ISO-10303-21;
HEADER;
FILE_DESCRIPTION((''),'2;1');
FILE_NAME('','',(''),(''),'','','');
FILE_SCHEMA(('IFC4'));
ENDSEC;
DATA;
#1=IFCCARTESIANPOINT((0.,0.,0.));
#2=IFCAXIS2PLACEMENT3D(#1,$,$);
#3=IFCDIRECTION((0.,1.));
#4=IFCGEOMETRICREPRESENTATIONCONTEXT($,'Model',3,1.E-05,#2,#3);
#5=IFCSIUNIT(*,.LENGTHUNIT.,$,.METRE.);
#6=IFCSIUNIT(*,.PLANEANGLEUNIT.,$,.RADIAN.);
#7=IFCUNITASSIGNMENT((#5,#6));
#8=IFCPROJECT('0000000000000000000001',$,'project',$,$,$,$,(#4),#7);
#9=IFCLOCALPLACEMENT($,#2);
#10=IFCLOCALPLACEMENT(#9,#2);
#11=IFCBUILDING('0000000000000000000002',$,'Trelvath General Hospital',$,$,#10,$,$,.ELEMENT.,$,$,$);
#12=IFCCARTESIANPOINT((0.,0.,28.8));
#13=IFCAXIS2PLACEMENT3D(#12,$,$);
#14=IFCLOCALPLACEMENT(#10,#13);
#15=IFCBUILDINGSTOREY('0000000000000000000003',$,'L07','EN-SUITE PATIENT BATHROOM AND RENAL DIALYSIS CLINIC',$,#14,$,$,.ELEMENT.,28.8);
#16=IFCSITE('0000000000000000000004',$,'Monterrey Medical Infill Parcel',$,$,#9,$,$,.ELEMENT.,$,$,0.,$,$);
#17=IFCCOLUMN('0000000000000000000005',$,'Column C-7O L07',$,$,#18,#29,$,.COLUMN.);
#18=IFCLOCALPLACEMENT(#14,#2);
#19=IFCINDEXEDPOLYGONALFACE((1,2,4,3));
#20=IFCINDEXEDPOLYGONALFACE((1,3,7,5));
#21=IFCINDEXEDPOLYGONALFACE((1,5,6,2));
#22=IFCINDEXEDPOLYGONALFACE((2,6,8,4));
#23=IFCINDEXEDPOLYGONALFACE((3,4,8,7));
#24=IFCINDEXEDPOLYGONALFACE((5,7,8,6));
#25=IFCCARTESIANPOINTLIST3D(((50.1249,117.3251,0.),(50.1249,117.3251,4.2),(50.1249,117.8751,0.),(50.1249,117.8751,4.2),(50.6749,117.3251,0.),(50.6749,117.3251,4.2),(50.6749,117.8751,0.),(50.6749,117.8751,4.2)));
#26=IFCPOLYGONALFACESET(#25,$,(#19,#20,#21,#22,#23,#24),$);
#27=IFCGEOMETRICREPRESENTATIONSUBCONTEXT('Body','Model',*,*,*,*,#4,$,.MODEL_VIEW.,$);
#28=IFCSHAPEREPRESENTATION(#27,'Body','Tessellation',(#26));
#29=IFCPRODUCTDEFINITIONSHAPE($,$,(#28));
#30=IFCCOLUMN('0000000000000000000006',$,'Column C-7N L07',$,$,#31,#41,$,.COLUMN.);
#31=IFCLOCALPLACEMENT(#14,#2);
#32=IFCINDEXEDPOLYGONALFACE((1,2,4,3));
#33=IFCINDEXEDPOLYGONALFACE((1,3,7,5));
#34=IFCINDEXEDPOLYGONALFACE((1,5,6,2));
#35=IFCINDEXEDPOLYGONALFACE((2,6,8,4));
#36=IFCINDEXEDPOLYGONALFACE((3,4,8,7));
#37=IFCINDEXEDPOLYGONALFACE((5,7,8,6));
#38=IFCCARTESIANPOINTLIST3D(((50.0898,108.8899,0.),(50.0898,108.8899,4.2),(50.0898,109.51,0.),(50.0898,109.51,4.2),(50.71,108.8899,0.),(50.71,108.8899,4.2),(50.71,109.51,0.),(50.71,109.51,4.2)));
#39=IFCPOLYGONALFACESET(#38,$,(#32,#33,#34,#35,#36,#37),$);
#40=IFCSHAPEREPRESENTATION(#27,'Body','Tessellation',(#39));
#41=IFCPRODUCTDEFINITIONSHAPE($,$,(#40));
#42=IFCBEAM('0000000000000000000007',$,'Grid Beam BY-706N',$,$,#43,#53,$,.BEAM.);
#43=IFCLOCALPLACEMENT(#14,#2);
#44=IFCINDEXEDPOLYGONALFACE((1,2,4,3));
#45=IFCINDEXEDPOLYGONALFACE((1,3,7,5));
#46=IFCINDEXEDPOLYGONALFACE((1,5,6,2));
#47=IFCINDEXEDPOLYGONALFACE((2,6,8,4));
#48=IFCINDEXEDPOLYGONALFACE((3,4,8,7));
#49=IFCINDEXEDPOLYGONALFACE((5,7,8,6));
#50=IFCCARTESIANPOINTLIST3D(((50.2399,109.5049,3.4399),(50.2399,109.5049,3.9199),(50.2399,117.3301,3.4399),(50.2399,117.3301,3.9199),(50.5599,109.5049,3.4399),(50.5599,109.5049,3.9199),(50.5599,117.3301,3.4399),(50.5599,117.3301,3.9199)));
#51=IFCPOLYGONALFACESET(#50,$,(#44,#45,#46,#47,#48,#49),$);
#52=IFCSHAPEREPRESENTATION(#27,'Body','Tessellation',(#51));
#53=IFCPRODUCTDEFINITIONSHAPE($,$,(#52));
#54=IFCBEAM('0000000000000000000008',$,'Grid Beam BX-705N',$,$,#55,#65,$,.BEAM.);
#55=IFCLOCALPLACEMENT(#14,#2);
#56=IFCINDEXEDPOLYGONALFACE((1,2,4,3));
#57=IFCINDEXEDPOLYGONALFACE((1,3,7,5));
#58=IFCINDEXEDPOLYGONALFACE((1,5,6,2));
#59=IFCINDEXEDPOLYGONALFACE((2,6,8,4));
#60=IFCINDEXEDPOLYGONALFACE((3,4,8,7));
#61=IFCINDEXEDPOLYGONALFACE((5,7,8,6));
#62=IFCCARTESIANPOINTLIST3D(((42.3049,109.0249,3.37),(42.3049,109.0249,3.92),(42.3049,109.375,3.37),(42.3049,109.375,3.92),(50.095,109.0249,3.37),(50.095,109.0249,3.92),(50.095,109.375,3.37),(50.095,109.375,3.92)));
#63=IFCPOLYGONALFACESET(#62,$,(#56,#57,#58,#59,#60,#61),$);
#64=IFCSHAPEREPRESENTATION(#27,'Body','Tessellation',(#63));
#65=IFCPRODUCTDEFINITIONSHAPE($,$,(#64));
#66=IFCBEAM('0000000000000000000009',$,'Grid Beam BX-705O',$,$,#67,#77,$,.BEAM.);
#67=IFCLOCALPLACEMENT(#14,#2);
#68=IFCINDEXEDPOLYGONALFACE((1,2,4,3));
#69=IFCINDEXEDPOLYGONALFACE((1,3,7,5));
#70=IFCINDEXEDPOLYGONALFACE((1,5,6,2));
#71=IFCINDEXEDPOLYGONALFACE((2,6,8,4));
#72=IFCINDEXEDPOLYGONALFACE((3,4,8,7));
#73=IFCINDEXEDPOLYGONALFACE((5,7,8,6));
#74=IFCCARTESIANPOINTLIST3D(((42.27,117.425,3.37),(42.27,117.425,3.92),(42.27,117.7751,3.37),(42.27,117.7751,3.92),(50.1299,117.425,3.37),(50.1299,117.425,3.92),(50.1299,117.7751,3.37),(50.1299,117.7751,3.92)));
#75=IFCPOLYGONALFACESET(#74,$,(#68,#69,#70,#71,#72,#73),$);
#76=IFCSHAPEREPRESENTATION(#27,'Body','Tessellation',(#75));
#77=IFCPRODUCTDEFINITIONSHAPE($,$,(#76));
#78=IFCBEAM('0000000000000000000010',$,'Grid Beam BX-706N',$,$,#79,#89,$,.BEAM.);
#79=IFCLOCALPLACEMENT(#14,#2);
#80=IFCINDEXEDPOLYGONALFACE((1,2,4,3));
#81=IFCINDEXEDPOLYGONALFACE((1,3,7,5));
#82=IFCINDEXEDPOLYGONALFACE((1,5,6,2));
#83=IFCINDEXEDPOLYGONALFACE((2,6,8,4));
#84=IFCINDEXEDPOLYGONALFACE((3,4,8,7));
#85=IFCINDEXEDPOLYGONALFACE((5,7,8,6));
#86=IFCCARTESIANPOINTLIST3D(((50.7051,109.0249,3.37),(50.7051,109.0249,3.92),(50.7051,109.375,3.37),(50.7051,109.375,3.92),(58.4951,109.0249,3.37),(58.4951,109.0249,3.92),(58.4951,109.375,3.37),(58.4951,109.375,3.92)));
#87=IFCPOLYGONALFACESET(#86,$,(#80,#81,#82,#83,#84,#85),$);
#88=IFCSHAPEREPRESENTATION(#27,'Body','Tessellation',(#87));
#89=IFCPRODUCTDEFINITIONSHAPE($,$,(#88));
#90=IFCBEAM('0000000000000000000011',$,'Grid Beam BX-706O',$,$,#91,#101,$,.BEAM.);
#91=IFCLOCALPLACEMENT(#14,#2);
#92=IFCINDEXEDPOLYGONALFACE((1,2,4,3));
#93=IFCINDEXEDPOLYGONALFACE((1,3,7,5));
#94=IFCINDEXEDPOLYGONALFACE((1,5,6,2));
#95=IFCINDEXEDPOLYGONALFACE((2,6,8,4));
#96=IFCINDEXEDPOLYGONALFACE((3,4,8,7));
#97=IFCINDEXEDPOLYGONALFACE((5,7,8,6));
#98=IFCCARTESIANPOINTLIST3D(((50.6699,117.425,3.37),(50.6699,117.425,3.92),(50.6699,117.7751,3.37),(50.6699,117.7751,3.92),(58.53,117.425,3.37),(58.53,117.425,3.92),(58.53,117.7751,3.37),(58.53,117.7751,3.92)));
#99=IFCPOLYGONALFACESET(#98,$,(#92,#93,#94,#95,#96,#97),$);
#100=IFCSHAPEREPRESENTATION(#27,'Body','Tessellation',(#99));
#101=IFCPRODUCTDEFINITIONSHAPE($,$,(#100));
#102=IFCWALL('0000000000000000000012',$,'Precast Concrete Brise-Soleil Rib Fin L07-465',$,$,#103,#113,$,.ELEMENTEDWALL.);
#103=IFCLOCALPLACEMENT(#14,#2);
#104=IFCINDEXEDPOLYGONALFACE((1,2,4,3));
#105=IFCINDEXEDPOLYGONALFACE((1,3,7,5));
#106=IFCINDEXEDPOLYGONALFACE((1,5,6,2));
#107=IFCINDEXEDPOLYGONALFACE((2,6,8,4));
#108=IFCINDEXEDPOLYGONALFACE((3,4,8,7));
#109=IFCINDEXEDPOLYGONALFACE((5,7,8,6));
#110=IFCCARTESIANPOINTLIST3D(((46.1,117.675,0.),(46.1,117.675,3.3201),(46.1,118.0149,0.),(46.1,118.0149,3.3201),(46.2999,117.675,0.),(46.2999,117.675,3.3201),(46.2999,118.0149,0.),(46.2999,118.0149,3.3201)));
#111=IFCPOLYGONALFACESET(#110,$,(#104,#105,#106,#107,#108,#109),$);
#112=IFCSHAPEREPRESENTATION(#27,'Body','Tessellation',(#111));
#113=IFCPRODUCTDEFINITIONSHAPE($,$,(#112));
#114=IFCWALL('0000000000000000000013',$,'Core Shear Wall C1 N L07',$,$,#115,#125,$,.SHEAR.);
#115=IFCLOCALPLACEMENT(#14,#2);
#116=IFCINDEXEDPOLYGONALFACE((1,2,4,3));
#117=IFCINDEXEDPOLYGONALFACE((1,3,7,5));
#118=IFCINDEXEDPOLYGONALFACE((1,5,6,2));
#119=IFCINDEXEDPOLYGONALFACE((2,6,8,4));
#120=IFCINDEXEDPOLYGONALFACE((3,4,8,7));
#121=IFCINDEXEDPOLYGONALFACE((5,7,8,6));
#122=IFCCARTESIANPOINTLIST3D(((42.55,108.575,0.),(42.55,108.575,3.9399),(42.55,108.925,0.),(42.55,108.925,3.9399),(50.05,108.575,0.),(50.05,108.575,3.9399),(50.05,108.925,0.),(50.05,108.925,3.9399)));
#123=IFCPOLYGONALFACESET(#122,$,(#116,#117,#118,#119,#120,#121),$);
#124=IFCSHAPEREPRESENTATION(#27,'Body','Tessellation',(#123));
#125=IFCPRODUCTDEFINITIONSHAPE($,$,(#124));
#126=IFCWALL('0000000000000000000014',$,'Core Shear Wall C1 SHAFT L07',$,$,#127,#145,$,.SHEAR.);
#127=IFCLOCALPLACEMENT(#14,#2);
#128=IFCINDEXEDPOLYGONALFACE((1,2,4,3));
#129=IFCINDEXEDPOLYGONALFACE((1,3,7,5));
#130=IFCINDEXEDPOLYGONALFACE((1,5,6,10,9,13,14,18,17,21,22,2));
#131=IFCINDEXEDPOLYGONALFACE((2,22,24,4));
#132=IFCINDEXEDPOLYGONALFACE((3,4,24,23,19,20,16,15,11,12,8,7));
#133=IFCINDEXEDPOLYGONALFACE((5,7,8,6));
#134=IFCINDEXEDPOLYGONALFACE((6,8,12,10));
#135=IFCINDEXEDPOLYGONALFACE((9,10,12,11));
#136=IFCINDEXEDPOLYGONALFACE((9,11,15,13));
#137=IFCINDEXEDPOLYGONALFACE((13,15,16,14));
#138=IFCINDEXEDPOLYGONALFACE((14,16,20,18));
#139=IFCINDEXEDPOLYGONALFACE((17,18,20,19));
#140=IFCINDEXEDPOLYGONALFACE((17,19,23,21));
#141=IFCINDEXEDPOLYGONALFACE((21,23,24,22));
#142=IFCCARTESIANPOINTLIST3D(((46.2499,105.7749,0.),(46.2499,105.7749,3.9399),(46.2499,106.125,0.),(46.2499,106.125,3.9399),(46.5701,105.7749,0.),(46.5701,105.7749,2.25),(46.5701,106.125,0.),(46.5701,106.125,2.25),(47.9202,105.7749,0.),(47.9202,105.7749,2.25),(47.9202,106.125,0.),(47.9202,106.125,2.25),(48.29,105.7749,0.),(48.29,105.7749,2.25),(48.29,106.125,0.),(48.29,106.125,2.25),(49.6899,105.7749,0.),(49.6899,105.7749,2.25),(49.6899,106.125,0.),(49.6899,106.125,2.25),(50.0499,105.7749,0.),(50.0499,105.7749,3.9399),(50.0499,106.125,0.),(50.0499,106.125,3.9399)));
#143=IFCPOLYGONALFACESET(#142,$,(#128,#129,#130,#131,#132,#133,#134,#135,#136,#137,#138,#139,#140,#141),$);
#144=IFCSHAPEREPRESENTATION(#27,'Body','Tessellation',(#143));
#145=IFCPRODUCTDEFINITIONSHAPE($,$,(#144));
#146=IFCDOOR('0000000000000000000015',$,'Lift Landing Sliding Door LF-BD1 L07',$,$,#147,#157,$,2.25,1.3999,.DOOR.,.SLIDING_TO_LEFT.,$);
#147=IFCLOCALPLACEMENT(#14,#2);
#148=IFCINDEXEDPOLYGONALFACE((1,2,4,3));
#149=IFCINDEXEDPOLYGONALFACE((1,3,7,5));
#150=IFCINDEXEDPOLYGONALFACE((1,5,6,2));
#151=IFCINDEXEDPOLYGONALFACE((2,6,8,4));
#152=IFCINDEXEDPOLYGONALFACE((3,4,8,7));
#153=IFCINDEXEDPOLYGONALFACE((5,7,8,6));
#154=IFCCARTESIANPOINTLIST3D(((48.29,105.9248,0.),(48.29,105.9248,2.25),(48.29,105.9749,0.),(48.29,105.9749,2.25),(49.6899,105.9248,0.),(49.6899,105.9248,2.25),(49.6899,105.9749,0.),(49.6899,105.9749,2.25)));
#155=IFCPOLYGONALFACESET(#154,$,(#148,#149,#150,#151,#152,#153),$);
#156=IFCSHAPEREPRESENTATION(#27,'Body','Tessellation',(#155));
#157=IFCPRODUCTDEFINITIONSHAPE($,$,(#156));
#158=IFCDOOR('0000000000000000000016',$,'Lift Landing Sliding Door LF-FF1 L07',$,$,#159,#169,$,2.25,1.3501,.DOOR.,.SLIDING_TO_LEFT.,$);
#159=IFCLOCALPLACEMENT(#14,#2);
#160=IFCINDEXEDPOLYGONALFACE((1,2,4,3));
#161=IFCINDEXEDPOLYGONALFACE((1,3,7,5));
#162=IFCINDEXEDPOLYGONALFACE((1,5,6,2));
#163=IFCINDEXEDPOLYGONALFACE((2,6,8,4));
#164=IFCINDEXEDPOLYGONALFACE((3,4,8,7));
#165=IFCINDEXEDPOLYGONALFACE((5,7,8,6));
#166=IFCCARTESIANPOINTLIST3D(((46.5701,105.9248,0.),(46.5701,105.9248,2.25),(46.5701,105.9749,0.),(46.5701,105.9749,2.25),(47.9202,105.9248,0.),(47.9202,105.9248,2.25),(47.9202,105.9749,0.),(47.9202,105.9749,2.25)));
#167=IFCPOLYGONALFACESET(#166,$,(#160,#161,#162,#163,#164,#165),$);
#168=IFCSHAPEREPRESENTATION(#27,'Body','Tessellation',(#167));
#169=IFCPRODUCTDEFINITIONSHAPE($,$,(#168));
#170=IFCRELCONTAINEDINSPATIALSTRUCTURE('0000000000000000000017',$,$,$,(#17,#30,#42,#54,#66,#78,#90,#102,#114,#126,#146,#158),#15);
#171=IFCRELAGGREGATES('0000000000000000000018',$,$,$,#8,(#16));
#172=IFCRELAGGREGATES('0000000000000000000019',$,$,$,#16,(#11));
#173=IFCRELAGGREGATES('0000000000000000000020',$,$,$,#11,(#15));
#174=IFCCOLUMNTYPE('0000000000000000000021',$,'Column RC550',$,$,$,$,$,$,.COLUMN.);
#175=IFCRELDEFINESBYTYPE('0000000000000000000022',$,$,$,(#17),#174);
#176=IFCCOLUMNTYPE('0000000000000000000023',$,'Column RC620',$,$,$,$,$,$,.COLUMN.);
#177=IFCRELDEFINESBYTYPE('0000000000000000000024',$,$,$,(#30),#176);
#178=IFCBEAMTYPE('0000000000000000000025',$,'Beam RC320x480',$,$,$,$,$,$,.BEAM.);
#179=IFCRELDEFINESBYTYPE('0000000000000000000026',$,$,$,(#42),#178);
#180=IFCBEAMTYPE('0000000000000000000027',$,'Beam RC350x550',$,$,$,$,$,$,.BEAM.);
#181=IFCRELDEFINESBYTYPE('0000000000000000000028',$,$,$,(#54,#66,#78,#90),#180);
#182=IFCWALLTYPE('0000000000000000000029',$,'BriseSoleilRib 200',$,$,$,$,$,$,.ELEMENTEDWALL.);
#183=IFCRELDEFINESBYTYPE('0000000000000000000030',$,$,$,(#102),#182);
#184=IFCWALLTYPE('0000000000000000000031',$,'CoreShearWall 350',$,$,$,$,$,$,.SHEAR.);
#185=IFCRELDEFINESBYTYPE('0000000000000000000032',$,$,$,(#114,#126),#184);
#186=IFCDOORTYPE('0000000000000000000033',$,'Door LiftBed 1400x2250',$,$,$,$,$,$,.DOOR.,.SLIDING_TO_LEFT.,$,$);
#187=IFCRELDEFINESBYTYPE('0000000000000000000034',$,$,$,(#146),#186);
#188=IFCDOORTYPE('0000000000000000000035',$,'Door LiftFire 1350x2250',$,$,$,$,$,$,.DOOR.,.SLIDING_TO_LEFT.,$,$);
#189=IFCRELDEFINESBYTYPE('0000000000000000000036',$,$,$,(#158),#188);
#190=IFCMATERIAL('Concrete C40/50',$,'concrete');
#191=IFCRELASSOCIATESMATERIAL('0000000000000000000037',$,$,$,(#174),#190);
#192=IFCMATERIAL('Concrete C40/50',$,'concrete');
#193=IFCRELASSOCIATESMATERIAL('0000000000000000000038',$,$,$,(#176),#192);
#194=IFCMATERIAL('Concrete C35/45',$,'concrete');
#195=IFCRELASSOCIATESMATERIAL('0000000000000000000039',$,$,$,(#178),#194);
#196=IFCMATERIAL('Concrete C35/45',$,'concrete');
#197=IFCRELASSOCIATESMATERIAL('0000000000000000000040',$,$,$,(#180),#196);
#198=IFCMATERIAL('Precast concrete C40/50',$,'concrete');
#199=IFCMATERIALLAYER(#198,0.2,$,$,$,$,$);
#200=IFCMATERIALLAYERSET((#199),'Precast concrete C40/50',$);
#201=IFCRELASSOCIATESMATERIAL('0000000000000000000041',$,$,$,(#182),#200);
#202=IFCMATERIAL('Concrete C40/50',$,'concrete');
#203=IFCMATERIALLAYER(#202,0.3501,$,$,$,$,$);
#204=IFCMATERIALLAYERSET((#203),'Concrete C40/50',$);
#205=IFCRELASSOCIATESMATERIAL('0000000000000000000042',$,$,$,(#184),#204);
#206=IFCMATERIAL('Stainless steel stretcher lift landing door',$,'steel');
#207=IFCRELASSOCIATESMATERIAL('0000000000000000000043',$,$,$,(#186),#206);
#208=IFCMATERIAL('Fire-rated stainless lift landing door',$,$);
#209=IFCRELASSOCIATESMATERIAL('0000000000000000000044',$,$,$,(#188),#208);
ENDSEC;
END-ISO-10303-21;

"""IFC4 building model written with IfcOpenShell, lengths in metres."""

from ifc_helpers import new_model, si_unit, direction, frame, frame_2d, origin, origin_2d, place, context, subcontext, project, spatial, rectangle, extrude, material, layer, layer_set, material_profile, profile_set, type_object, element, fill, save


model = new_model("IFC4")

# Units and contexts
model_context = context("Model", 3, precision=1e-05, world=origin(), true_north=direction((0.0, 1.0)))
body_context = subcontext(model_context, "Body", "Model", "MODEL_VIEW")
ifc_project = project(units=[si_unit("LENGTHUNIT", "METRE"), si_unit("PLANEANGLEUNIT", "RADIAN")], contexts=[model_context])

# Site, building, storey
site_placement = place(None, origin())
site = spatial("IfcSite", under=ifc_project, at=site_placement, Name="Monterrey Medical Infill Parcel", CompositionType="ELEMENT", RefElevation=0.0)
building_placement = place(site_placement, origin())
building = spatial("IfcBuilding", under=site, at=building_placement, Name="Trelvath General Hospital", CompositionType="ELEMENT")
storey_placement = place(building_placement, frame((0.0, 0.0, 28.8)))
storey = spatial("IfcBuildingStorey", under=building, at=storey_placement, Name="L07", Description="EN-SUITE PATIENT BATHROOM AND RENAL DIALYSIS CLINIC", CompositionType="ELEMENT", Elevation=28.8)

# Columns
ifc_material_1 = material(Name="Concrete C40/50", Category="concrete")
ifc_material_profile_1 = material_profile(ifc_material_1, rectangle(XDim=0.55, YDim=0.55, at=origin_2d()), Name="RC550x550")
ifc_profile_set_1 = profile_set([ifc_material_profile_1], Name="Concrete C40/50")
column_type_1 = type_object("IfcColumnType", Name="Column RC550", PredefinedType="COLUMN", material=ifc_profile_set_1)
column_1_placement = place(storey_placement, frame((50.3999, 117.6001, 0.0), z_axis=(0.0, 0.0, 1.0), x_axis=(1.0, 0.0, 0.0)))
element("IfcColumn", 1, at=column_1_placement, inside=storey, type_object=column_type_1, Name="Column C-7O L07", PredefinedType="COLUMN", context=body_context, shape_type="SweptSolid", body=[
    extrude(rectangle(XDim=0.55, YDim=0.55, at=origin_2d()), origin(), (0.0, 0.0, 1.0), 4.2),
])
ifc_material_2 = material(Name="Concrete C40/50", Category="concrete")
ifc_material_profile_2 = material_profile(ifc_material_2, rectangle(XDim=0.6201, YDim=0.6201, at=origin_2d()), Name="RC620x620")
ifc_profile_set_2 = profile_set([ifc_material_profile_2], Name="Concrete C40/50")
column_type_2 = type_object("IfcColumnType", Name="Column RC620", PredefinedType="COLUMN", material=ifc_profile_set_2)
column_2_placement = place(storey_placement, frame((50.3999, 109.2, 0.0), z_axis=(0.0, 0.0, 1.0), x_axis=(1.0, 0.0, 0.0)))
element("IfcColumn", 2, at=column_2_placement, inside=storey, type_object=column_type_2, Name="Column C-7N L07", PredefinedType="COLUMN", context=body_context, shape_type="SweptSolid", body=[
    extrude(rectangle(XDim=0.6201, YDim=0.6201, at=origin_2d()), origin(), (0.0, 0.0, 1.0), 4.2),
])

# Beams
ifc_material_3 = material(Name="Concrete C35/45", Category="concrete")
ifc_material_profile_3 = material_profile(ifc_material_3, rectangle(XDim=0.3201, YDim=0.48, at=origin_2d()), Name="RCB320x480")
ifc_profile_set_3 = profile_set([ifc_material_profile_3], Name="Concrete C35/45")
beam_type_1 = type_object("IfcBeamType", Name="Beam RC320x480", PredefinedType="BEAM", material=ifc_profile_set_3)
beam_1_placement = place(storey_placement, frame((50.3999, 109.5049, 3.6799), z_axis=(0.0, 1.0, 0.0), x_axis=(-1.0, 0.0, 0.0)))
element("IfcBeam", 3, at=beam_1_placement, inside=storey, type_object=beam_type_1, Name="Grid Beam BY-706N", PredefinedType="BEAM", context=body_context, shape_type="SweptSolid", body=[
    extrude(rectangle(XDim=0.3201, YDim=0.48, at=origin_2d()), origin(), (0.0, 0.0, 1.0), 7.8252),
])
ifc_material_4 = material(Name="Concrete C35/45", Category="concrete")
ifc_material_profile_4 = material_profile(ifc_material_4, rectangle(XDim=0.3501, YDim=0.55, at=origin_2d()), Name="RCB350x550")
ifc_profile_set_4 = profile_set([ifc_material_profile_4], Name="Concrete C35/45")
beam_type_2 = type_object("IfcBeamType", Name="Beam RC350x550", PredefinedType="BEAM", material=ifc_profile_set_4)
beam_2_placement = place(storey_placement, frame((42.3049, 109.2, 3.645), z_axis=(1.0, 0.0, 0.0), x_axis=(0.0, 1.0, 0.0)))
element("IfcBeam", 4, at=beam_2_placement, inside=storey, type_object=beam_type_2, Name="Grid Beam BX-705N", PredefinedType="BEAM", context=body_context, shape_type="SweptSolid", body=[
    extrude(rectangle(XDim=0.3501, YDim=0.55, at=origin_2d()), origin(), (0.0, 0.0, 1.0), 7.79),
])
beam_3_placement = place(storey_placement, frame((42.27, 117.6001, 3.645), z_axis=(1.0, 0.0, 0.0), x_axis=(0.0, 1.0, 0.0)))
element("IfcBeam", 5, at=beam_3_placement, inside=storey, type_object=beam_type_2, Name="Grid Beam BX-705O", PredefinedType="BEAM", context=body_context, shape_type="SweptSolid", body=[
    extrude(rectangle(XDim=0.3501, YDim=0.55, at=origin_2d()), origin(), (0.0, 0.0, 1.0), 7.8599),
])
beam_4_placement = place(storey_placement, frame((50.7051, 109.2, 3.645), z_axis=(1.0, 0.0, 0.0), x_axis=(0.0, 1.0, 0.0)))
element("IfcBeam", 6, at=beam_4_placement, inside=storey, type_object=beam_type_2, Name="Grid Beam BX-706N", PredefinedType="BEAM", context=body_context, shape_type="SweptSolid", body=[
    extrude(rectangle(XDim=0.3501, YDim=0.55, at=origin_2d()), origin(), (0.0, 0.0, 1.0), 7.79),
])
beam_5_placement = place(storey_placement, frame((50.6699, 117.6001, 3.645), z_axis=(1.0, 0.0, 0.0), x_axis=(0.0, 1.0, 0.0)))
element("IfcBeam", 7, at=beam_5_placement, inside=storey, type_object=beam_type_2, Name="Grid Beam BX-706O", PredefinedType="BEAM", context=body_context, shape_type="SweptSolid", body=[
    extrude(rectangle(XDim=0.3501, YDim=0.55, at=origin_2d()), origin(), (0.0, 0.0, 1.0), 7.8601),
])

# Walls
ifc_material_5 = material(Name="Precast concrete C40/50", Category="concrete")
ifc_layer_1 = layer(ifc_material_5, 0.2)
ifc_layer_set_1 = layer_set([ifc_layer_1], Name="Precast concrete C40/50")
wall_type_1 = type_object("IfcWallType", Name="BriseSoleilRib 200", PredefinedType="ELEMENTEDWALL", material=ifc_layer_set_1)
wall_1_placement = place(storey_placement, frame((46.2, 117.675, 0.0), z_axis=(0.0, 0.0, 1.0), x_axis=(0.0, 1.0, 0.0)))
element("IfcWall", 8, at=wall_1_placement, inside=storey, type_object=wall_type_1, Name="Precast Concrete Brise-Soleil Rib Fin L07-465", PredefinedType="ELEMENTEDWALL", context=body_context, shape_type="SweptSolid", body=[
    extrude(rectangle(XDim=0.3398, YDim=0.2, at=frame_2d((0.1699, 0.0))), origin(), (0.0, 0.0, 1.0), 3.3201),
])
ifc_material_6 = material(Name="Concrete C40/50", Category="concrete")
ifc_layer_2 = layer(ifc_material_6, 0.3501)
ifc_layer_set_2 = layer_set([ifc_layer_2], Name="Concrete C40/50")
wall_type_2 = type_object("IfcWallType", Name="CoreShearWall 350", PredefinedType="SHEAR", material=ifc_layer_set_2)
wall_2_placement = place(storey_placement, frame((42.55, 108.75, 0.0), z_axis=(0.0, 0.0, 1.0), x_axis=(1.0, 0.0, 0.0)))
element("IfcWall", 9, at=wall_2_placement, inside=storey, type_object=wall_type_2, Name="Core Shear Wall C1 N L07", PredefinedType="SHEAR", context=body_context, shape_type="SweptSolid", body=[
    extrude(rectangle(XDim=7.5, YDim=0.3501, at=frame_2d((3.75, 0.0))), origin(), (0.0, 0.0, 1.0), 3.9399),
])

# Wall, openings, doors
wall_3_placement = place(storey_placement, frame((46.25, 105.95, 0.0), z_axis=(0.0, 0.0, 1.0), x_axis=(1.0, 0.0, 0.0)))
wall_3 = element("IfcWall", 10, at=wall_3_placement, inside=storey, type_object=wall_type_2, Name="Core Shear Wall C1 SHAFT L07", PredefinedType="SHEAR", context=body_context, shape_type="SweptSolid", body=[
    extrude(rectangle(XDim=3.8, YDim=0.3501, at=frame_2d((1.8999, 0.0))), origin(), (0.0, 0.0, 1.0), 3.9399),
])
opening_1_placement = place(wall_3_placement, frame((0.3201, 0.0, 0.0)))
opening_1 = element("IfcOpeningElement", 11, at=opening_1_placement, cuts=wall_3, PredefinedType="OPENING", context=body_context, shape_type="SweptSolid", body=[
    extrude(rectangle(XDim=1.3501, YDim=2.25, at=frame_2d((0.675, 1.125))), frame((0.0, 0.1851, 0.0), z_axis=(0.0, -1.0, 0.0), x_axis=(1.0, 0.0, 0.0)), (0.0, 0.0, 1.0), 0.3701),
])
opening_2_placement = place(wall_3_placement, frame((2.04, 0.0, 0.0)))
opening_2 = element("IfcOpeningElement", 12, at=opening_2_placement, cuts=wall_3, PredefinedType="OPENING", context=body_context, shape_type="SweptSolid", body=[
    extrude(rectangle(XDim=1.3999, YDim=2.25, at=frame_2d((0.7, 1.125))), frame((0.0, 0.1851, 0.0), z_axis=(0.0, -1.0, 0.0), x_axis=(1.0, 0.0, 0.0)), (0.0, 0.0, 1.0), 0.3701),
])
ifc_material_7 = material(Name="Stainless steel stretcher lift landing door", Category="steel")
door_type_1 = type_object("IfcDoorType", Name="Door LiftBed 1400x2250", OperationType="SLIDING_TO_LEFT", PredefinedType="DOOR", material=ifc_material_7)
door_1_placement = place(opening_2_placement, origin())
door_1 = element("IfcDoor", 13, at=door_1_placement, inside=storey, type_object=door_type_1, Name="Lift Landing Sliding Door LF-BD1 L07", OperationType="SLIDING_TO_LEFT", OverallHeight=2.25, OverallWidth=1.3999, PredefinedType="DOOR", context=body_context, shape_type="SweptSolid", body=[
    extrude(rectangle(XDim=1.3999, YDim=2.25, at=frame_2d((0.7, 1.125))), frame((0.0, 0.0249, 0.0), z_axis=(0.0, -1.0, 0.0), x_axis=(1.0, 0.0, 0.0)), (0.0, 0.0, 1.0), 0.05),
])
fill(opening_2, door_1)
ifc_material_8 = material(Name="Fire-rated stainless lift landing door")
door_type_2 = type_object("IfcDoorType", Name="Door LiftFire 1350x2250", OperationType="SLIDING_TO_LEFT", PredefinedType="DOOR", material=ifc_material_8)
door_2_placement = place(opening_1_placement, origin())
door_2 = element("IfcDoor", 14, at=door_2_placement, inside=storey, type_object=door_type_2, Name="Lift Landing Sliding Door LF-FF1 L07", OperationType="SLIDING_TO_LEFT", OverallHeight=2.25, OverallWidth=1.3501, PredefinedType="DOOR", context=body_context, shape_type="SweptSolid", body=[
    extrude(rectangle(XDim=1.3501, YDim=2.25, at=frame_2d((0.675, 1.125))), frame((0.0, 0.0249, 0.0), z_axis=(0.0, -1.0, 0.0), x_axis=(1.0, 0.0, 0.0)), (0.0, 0.0, 1.0), 0.05),
])
fill(opening_1, door_2)

save(model, "model.ifc")
